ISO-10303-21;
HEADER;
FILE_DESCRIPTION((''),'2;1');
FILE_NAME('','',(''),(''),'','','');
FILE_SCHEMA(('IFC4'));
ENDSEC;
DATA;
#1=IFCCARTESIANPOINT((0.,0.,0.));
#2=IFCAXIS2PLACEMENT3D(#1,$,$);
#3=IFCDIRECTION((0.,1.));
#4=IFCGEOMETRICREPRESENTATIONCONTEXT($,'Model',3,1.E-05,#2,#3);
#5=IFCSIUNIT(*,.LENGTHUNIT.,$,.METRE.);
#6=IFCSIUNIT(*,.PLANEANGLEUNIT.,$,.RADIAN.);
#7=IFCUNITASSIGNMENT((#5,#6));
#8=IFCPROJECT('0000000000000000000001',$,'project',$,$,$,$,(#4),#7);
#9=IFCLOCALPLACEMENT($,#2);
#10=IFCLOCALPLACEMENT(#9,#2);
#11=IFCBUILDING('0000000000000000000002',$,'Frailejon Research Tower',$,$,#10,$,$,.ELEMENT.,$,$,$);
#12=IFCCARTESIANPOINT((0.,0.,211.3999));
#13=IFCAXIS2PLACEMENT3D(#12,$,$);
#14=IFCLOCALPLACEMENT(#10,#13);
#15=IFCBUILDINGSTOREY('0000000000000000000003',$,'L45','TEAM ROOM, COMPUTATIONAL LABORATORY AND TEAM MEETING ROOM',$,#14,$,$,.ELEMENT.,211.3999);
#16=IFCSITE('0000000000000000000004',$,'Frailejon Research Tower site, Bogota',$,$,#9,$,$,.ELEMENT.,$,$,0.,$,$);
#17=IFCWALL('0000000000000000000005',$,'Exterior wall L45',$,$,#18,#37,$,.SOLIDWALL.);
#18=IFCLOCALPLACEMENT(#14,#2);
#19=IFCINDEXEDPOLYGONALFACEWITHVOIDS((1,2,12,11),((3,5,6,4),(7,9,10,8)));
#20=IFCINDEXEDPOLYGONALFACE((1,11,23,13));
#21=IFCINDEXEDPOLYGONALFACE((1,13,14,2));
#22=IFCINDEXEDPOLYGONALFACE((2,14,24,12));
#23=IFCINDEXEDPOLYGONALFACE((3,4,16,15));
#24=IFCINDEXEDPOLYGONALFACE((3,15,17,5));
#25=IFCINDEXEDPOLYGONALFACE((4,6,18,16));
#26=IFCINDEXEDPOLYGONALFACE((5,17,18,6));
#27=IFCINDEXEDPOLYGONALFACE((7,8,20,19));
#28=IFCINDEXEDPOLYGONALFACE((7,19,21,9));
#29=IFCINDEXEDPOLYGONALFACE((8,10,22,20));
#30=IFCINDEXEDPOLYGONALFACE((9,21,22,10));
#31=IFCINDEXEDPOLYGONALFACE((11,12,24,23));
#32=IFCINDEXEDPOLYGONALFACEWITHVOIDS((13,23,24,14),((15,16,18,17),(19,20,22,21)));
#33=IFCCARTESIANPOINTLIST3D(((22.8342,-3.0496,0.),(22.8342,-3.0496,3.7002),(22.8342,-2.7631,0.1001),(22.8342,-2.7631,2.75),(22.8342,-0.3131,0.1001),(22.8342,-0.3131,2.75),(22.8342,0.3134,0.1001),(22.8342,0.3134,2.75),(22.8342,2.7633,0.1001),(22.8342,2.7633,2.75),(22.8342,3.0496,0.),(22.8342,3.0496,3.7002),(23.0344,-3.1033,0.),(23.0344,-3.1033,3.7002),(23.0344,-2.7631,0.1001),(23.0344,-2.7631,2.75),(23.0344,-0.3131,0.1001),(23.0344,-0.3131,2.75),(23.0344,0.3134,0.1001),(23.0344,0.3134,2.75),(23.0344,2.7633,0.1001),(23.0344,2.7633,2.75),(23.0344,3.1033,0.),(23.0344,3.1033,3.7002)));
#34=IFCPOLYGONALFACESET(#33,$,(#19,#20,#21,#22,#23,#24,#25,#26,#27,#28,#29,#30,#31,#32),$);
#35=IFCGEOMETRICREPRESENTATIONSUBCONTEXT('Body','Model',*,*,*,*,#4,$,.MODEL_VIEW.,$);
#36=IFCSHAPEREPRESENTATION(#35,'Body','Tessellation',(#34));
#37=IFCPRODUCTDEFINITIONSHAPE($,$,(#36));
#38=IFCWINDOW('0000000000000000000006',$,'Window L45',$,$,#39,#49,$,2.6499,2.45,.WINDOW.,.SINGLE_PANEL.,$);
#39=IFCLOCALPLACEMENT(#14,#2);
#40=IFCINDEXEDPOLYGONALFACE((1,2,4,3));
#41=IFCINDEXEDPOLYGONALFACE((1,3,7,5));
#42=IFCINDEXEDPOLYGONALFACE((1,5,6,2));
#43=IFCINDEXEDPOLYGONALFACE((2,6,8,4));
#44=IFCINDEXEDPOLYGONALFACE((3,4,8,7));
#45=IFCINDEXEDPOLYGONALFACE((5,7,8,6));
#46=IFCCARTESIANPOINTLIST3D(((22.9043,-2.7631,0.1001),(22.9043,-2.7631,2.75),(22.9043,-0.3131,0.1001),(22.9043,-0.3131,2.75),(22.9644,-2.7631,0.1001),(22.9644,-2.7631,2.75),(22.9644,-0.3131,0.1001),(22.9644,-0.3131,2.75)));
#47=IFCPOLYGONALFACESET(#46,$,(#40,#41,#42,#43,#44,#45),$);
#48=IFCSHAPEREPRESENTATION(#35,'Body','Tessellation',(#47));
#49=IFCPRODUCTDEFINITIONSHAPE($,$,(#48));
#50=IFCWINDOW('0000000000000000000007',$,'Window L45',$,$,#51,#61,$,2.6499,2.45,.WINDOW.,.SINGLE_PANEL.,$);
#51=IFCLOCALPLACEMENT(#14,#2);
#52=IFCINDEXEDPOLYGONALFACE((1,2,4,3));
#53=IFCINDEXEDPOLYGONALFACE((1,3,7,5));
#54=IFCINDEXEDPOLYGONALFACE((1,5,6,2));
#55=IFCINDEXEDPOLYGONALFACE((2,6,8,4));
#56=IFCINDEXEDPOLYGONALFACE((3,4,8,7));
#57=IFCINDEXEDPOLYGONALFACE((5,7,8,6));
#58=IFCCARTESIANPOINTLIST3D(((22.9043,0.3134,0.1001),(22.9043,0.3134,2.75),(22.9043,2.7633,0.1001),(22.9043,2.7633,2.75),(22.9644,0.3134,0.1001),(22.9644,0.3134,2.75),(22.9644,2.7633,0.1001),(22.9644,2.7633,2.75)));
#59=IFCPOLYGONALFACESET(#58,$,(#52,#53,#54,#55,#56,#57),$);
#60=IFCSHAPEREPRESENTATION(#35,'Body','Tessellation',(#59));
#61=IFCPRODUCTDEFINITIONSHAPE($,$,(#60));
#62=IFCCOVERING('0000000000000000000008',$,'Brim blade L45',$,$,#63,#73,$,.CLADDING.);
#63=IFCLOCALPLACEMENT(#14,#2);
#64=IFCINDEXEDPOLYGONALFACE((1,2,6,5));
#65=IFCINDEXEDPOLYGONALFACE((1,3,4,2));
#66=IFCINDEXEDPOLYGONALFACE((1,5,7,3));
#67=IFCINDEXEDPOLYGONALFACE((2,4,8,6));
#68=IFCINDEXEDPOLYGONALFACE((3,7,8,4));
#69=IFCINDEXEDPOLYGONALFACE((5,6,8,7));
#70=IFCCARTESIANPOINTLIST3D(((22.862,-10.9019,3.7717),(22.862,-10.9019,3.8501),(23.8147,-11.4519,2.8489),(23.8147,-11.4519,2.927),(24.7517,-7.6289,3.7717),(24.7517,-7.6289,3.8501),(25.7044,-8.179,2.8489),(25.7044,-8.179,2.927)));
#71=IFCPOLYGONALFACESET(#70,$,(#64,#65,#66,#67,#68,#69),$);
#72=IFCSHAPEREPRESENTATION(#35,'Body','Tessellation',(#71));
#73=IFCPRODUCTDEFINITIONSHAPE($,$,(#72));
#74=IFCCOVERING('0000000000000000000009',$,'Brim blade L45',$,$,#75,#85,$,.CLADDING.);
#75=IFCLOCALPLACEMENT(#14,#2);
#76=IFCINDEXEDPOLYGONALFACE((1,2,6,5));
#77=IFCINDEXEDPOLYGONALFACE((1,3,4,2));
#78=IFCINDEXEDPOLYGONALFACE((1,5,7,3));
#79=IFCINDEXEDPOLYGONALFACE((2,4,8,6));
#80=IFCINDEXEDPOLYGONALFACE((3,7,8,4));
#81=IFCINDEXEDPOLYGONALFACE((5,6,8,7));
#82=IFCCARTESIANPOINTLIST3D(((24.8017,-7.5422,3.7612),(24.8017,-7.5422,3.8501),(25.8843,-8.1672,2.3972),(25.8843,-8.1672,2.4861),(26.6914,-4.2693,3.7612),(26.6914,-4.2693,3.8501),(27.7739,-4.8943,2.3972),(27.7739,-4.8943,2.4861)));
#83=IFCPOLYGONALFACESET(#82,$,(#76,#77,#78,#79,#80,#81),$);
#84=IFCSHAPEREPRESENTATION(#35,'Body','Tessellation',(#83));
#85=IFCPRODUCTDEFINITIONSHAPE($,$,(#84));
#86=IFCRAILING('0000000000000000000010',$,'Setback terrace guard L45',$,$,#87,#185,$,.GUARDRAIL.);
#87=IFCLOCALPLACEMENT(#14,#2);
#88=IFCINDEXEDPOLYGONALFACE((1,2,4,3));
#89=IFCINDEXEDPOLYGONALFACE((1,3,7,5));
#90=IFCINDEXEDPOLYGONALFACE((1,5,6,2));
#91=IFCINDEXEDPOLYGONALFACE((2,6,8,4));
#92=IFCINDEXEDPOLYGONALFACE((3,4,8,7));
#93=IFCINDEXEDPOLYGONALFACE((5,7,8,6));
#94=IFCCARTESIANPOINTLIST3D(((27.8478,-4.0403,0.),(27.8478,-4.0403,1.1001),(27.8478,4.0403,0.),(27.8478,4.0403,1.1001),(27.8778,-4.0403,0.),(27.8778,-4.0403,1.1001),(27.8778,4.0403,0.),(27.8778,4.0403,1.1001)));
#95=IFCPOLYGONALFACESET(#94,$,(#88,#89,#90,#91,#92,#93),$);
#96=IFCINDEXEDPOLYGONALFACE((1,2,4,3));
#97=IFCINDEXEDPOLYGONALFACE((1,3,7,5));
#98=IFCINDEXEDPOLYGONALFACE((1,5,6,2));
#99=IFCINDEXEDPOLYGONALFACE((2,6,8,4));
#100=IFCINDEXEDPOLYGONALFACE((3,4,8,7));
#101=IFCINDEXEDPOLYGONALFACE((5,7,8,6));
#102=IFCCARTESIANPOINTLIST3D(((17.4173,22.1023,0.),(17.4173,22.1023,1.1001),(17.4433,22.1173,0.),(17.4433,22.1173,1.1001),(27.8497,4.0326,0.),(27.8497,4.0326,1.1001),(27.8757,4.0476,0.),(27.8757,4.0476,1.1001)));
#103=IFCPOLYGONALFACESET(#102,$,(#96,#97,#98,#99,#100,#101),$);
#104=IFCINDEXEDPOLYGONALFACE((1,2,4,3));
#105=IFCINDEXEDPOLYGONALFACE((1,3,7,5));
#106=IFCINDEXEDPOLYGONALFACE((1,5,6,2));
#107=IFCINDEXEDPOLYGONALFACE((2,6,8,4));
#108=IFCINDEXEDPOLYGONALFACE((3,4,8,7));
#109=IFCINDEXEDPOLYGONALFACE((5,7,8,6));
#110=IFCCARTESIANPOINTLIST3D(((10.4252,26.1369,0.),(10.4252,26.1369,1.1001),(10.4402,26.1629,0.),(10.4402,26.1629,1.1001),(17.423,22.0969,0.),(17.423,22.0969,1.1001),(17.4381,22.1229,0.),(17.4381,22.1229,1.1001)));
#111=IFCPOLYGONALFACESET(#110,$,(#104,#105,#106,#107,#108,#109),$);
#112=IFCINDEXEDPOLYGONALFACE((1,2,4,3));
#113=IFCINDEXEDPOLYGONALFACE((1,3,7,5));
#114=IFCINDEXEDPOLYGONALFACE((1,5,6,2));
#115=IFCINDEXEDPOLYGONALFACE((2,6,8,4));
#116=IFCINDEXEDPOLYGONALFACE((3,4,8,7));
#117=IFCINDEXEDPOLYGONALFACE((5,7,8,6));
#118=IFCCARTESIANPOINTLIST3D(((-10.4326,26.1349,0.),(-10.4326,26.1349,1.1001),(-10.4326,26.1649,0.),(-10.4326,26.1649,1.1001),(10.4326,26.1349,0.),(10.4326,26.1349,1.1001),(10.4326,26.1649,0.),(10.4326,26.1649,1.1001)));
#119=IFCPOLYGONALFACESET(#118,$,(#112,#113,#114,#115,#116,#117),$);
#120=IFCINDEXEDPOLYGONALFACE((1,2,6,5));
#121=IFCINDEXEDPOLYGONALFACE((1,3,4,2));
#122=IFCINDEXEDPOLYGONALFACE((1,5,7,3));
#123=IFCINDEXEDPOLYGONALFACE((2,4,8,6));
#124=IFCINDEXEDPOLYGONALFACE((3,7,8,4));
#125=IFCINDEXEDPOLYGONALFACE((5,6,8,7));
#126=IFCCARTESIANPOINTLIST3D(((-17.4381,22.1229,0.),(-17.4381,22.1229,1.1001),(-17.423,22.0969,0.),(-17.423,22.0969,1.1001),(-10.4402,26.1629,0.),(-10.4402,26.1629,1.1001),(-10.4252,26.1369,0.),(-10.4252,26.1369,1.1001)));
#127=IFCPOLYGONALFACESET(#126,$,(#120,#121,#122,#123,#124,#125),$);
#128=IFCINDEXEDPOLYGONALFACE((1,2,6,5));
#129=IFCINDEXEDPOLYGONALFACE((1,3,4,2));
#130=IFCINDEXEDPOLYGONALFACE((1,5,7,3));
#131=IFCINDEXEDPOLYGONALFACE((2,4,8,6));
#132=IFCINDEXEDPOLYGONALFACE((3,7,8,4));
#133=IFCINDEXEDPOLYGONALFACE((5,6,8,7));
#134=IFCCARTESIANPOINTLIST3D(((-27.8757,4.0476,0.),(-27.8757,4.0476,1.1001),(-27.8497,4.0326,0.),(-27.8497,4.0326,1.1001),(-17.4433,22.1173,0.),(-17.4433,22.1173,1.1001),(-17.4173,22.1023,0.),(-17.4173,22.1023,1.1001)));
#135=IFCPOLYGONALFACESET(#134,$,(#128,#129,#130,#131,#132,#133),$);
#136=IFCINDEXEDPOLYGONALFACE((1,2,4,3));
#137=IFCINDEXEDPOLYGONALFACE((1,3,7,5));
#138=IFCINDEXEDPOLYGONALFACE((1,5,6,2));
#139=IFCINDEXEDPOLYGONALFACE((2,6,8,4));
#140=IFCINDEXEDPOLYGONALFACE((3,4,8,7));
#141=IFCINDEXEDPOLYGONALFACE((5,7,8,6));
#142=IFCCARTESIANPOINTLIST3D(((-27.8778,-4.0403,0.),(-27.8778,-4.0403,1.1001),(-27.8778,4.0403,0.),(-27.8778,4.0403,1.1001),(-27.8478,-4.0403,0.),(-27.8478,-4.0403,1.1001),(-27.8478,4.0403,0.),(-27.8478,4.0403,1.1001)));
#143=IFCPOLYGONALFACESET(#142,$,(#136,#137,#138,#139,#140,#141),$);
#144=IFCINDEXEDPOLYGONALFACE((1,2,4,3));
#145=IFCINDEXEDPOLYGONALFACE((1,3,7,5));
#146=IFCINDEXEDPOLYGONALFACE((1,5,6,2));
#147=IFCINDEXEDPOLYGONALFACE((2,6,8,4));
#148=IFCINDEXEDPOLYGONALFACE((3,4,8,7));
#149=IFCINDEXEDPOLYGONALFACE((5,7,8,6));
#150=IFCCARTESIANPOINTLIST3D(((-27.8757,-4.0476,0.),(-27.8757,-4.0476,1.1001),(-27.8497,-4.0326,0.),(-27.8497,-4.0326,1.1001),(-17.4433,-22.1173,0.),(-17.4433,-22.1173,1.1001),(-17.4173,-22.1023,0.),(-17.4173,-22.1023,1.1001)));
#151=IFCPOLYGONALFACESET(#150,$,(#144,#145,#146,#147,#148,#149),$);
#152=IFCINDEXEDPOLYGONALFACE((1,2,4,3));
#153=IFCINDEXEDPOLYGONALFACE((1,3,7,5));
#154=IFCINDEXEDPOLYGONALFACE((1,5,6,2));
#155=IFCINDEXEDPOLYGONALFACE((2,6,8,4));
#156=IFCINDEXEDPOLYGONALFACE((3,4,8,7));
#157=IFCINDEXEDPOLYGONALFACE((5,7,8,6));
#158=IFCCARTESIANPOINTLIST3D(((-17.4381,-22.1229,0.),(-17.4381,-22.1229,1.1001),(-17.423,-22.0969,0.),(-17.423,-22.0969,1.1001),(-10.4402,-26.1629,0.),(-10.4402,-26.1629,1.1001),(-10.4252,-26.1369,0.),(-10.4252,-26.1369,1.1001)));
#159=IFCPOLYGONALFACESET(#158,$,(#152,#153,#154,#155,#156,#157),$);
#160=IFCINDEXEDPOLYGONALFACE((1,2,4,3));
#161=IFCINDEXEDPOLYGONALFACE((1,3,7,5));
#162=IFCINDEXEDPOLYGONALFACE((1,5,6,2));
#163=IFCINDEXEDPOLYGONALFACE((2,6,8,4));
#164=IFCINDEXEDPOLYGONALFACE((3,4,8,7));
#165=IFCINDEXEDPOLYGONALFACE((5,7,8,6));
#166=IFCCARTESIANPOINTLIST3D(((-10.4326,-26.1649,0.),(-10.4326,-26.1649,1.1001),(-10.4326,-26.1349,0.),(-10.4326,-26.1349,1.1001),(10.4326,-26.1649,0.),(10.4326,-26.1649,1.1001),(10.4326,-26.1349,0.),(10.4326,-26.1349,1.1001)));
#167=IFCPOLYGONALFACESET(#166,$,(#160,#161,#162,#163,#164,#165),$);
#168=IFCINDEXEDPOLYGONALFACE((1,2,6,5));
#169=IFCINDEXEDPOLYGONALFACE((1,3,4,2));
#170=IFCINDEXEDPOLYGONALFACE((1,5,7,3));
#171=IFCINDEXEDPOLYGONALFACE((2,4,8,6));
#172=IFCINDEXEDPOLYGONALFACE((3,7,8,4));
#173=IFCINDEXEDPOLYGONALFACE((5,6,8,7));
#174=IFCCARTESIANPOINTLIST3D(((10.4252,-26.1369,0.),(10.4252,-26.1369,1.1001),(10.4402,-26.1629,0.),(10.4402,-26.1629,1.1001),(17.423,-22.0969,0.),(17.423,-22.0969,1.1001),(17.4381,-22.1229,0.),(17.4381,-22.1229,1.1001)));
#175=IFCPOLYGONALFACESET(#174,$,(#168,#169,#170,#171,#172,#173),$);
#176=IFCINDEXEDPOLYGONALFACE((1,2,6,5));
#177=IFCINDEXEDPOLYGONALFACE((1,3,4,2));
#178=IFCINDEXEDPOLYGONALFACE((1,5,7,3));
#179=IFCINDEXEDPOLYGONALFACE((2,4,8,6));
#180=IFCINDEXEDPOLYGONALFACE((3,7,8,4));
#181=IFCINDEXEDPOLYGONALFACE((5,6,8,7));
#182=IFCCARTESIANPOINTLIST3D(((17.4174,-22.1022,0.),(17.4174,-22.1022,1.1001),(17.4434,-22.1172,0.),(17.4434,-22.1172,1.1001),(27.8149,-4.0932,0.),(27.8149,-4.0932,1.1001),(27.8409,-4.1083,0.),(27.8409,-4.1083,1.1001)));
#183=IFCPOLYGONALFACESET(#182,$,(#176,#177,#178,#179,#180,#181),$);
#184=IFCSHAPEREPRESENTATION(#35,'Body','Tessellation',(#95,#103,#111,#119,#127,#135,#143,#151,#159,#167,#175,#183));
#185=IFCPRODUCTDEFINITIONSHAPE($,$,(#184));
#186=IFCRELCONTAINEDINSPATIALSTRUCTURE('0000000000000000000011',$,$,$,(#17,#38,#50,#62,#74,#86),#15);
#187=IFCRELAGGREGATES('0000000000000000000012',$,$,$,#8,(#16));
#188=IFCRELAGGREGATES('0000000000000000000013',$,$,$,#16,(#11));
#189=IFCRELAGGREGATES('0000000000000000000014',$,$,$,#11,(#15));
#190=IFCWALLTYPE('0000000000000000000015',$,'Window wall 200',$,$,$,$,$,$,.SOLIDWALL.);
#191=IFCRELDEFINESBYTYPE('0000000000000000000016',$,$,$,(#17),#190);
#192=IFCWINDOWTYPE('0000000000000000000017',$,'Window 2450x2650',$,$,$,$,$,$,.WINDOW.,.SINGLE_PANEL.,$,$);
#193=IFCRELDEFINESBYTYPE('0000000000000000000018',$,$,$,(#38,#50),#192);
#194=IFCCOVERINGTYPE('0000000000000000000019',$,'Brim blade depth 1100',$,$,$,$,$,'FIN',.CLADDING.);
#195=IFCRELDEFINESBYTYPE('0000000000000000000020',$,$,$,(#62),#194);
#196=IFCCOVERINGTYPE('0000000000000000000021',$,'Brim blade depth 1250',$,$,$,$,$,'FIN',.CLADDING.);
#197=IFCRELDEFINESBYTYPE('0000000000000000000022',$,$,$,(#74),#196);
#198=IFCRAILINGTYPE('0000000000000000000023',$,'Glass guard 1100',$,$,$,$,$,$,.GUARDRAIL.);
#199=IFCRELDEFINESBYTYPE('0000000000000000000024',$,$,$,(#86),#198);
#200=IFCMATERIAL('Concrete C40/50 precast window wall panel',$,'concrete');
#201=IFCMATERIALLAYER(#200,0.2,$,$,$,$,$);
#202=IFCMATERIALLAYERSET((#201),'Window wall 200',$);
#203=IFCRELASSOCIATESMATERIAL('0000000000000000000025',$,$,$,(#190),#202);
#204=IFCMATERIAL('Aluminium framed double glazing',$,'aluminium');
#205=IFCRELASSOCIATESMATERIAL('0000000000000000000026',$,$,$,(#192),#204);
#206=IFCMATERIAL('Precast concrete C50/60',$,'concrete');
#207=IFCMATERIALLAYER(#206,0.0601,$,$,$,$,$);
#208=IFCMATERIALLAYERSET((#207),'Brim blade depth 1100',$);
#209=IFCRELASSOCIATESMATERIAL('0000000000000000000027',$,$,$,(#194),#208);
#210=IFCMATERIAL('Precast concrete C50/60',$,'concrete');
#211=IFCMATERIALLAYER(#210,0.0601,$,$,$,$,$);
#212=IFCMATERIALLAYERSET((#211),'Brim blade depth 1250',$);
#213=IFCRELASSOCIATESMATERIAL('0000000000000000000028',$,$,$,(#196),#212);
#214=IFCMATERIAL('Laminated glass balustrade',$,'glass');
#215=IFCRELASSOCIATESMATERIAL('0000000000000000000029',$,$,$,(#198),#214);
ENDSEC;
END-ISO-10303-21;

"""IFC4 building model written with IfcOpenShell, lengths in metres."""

from ifc_helpers import new_model, si_unit, direction, frame, frame_2d, origin, origin_2d, place, context, subcontext, project, spatial, polyline, rectangle, outline, extrude, material, layer, layer_set, type_object, element, fill, save


model = new_model("IFC4")

# Units and contexts
model_context = context("Model", 3, precision=1e-05, world=origin(), true_north=direction((0.0, 1.0)))
body_context = subcontext(model_context, "Body", "Model", "MODEL_VIEW")
ifc_project = project(units=[si_unit("LENGTHUNIT", "METRE"), si_unit("PLANEANGLEUNIT", "RADIAN")], contexts=[model_context])

# Site, building, storey
site_placement = place(None, origin())
site = spatial("IfcSite", under=ifc_project, at=site_placement, Name="Frailejon Research Tower site, Bogota", CompositionType="ELEMENT", RefElevation=0.0)
building_placement = place(site_placement, origin())
building = spatial("IfcBuilding", under=site, at=building_placement, Name="Frailejon Research Tower", CompositionType="ELEMENT")
storey_placement = place(building_placement, frame((0.0, 0.0, 211.3999)))
storey = spatial("IfcBuildingStorey", under=building, at=storey_placement, Name="L45", Description="TEAM ROOM, COMPUTATIONAL LABORATORY AND TEAM MEETING ROOM", CompositionType="ELEMENT", Elevation=211.3999)

# Wall, openings, windows
ifc_material_1 = material(Name="Concrete C40/50 precast window wall panel", Category="concrete")
ifc_layer_1 = layer(ifc_material_1, 0.2)
ifc_layer_set_1 = layer_set([ifc_layer_1], Name="Window wall 200")
wall_type_1 = type_object("IfcWallType", Name="Window wall 200", PredefinedType="SOLIDWALL", material=ifc_layer_set_1)
wall_1_placement = place(storey_placement, frame((22.9343, -3.0764, 0.0), z_axis=(0.0, 0.0, 1.0), x_axis=(0.0, 1.0, 0.0)))
wall_1 = element("IfcWall", 1, at=wall_1_placement, inside=storey, type_object=wall_type_1, Name="Exterior wall L45", PredefinedType="SOLIDWALL", context=body_context, shape_type="SweptSolid", body=[
    extrude(outline(polyline([(-0.0269, -0.1001), (1.0076, -0.1001), (2.042, -0.1001), (3.0764, -0.1001), (4.1108, -0.1001), (5.1453, -0.1001), (6.1797, -0.1001), (6.126, 0.1001), (5.1094, 0.1001), (4.093, 0.1001), (3.0764, 0.1001), (2.0598, 0.1001), (1.0435, 0.1001), (0.0269, 0.1001), (-0.0269, -0.1001)])), origin(), (0.0, 0.0, 1.0), 3.7002),
])
opening_1_placement = place(wall_1_placement, frame((0.3132, 0.0, 0.1001)))
opening_1 = element("IfcOpeningElement", 2, at=opening_1_placement, cuts=wall_1, PredefinedType="OPENING", context=body_context, shape_type="SweptSolid", body=[
    extrude(rectangle(XDim=2.45, YDim=2.6499, at=frame_2d((1.2251, 1.325))), frame((0.0, 0.1099, 0.0), z_axis=(0.0, -1.0, 0.0), x_axis=(1.0, 0.0, 0.0)), (0.0, 0.0, 1.0), 0.22),
])
opening_2_placement = place(wall_1_placement, frame((3.3896, 0.0, 0.1001)))
opening_2 = element("IfcOpeningElement", 3, at=opening_2_placement, cuts=wall_1, PredefinedType="OPENING", context=body_context, shape_type="SweptSolid", body=[
    extrude(rectangle(XDim=2.45, YDim=2.6499, at=frame_2d((1.2251, 1.325))), frame((0.0, 0.1099, 0.0), z_axis=(0.0, -1.0, 0.0), x_axis=(1.0, 0.0, 0.0)), (0.0, 0.0, 1.0), 0.22),
])
ifc_material_2 = material(Name="Aluminium framed double glazing", Category="aluminium")
window_type = type_object("IfcWindowType", Name="Window 2450x2650", PartitioningType="SINGLE_PANEL", PredefinedType="WINDOW", material=ifc_material_2)
window_1_placement = place(opening_1_placement, origin())
window_1 = element("IfcWindow", 4, at=window_1_placement, inside=storey, type_object=window_type, Name="Window L45", OverallHeight=2.6499, OverallWidth=2.45, PartitioningType="SINGLE_PANEL", PredefinedType="WINDOW", context=body_context, shape_type="SweptSolid", body=[
    extrude(rectangle(XDim=2.45, YDim=2.6499, at=frame_2d((1.2251, 1.325))), frame((0.0, 0.03, 0.0), z_axis=(0.0, -1.0, 0.0), x_axis=(1.0, 0.0, 0.0)), (0.0, 0.0, 1.0), 0.0601),
])
fill(opening_1, window_1)
window_2_placement = place(opening_2_placement, origin())
window_2 = element("IfcWindow", 5, at=window_2_placement, inside=storey, type_object=window_type, Name="Window L45", OverallHeight=2.6499, OverallWidth=2.45, PartitioningType="SINGLE_PANEL", PredefinedType="WINDOW", context=body_context, shape_type="SweptSolid", body=[
    extrude(rectangle(XDim=2.45, YDim=2.6499, at=frame_2d((1.2251, 1.325))), frame((0.0, 0.03, 0.0), z_axis=(0.0, -1.0, 0.0), x_axis=(1.0, 0.0, 0.0)), (0.0, 0.0, 1.0), 0.0601),
])
fill(opening_2, window_2)

# Coverings
ifc_material_3 = material(Name="Precast concrete C50/60", Category="concrete")
ifc_layer_2 = layer(ifc_material_3, 0.0601)
ifc_layer_set_2 = layer_set([ifc_layer_2], Name="Brim blade depth 1100")
covering_type_1 = type_object("IfcCoveringType", Name="Brim blade depth 1100", ElementType="FIN", PredefinedType="CLADDING", material=ifc_layer_set_2)
covering_1_placement = place(storey_placement, frame((24.7517, -7.6289, 3.8501), z_axis=(-0.500007, -0.866022, 0.0), x_axis=(0.866022, -0.500007, 0.0)))
element("IfcCovering", 6, at=covering_1_placement, inside=storey, type_object=covering_type_1, Name="Brim blade L45", PredefinedType="CLADDING", context=body_context, shape_type="SweptSolid", body=[
    extrude(outline(polyline([(0.0, -0.0784), (1.1001, -1.0012), (1.1001, -0.9231), (0.0, 0.0), (0.0, -0.0784)])), origin(), (0.0, 0.0, 1.0), 3.7793),
])
ifc_material_4 = material(Name="Precast concrete C50/60", Category="concrete")
ifc_layer_3 = layer(ifc_material_4, 0.0601)
ifc_layer_set_3 = layer_set([ifc_layer_3], Name="Brim blade depth 1250")
covering_type_2 = type_object("IfcCoveringType", Name="Brim blade depth 1250", ElementType="FIN", PredefinedType="CLADDING", material=ifc_layer_set_3)
covering_2_placement = place(storey_placement, frame((26.6914, -4.2693, 3.8501), z_axis=(-0.500007, -0.866022, 0.0), x_axis=(0.866022, -0.500007, 0.0)))
element("IfcCovering", 7, at=covering_2_placement, inside=storey, type_object=covering_type_2, Name="Brim blade L45", PredefinedType="CLADDING", context=body_context, shape_type="SweptSolid", body=[
    extrude(outline(polyline([(0.0, -0.0889), (1.25, -1.4529), (1.25, -1.364), (0.0, 0.0), (0.0, -0.0889)])), origin(), (0.0, 0.0, 1.0), 3.7793),
])

# Railing
ifc_material_5 = material(Name="Laminated glass balustrade", Category="glass")
railing_type = type_object("IfcRailingType", Name="Glass guard 1100", PredefinedType="GUARDRAIL", material=ifc_material_5)
railing_placement = place(storey_placement, frame((27.8628, -4.0403, 0.0)))
element("IfcRailing", 8, at=railing_placement, inside=storey, type_object=railing_type, Name="Setback terrace guard L45", PredefinedType="GUARDRAIL", context=body_context, shape_type="SweptSolid", body=[
    extrude(rectangle(XDim=8.0806, YDim=0.03, at=origin_2d()), frame((0.0, 4.0403, 0.0), z_axis=(0.0, 0.0, 1.0), x_axis=(0.0, 1.0, 0.0)), (0.0, 0.0, 1.0), 1.1001),
    extrude(rectangle(XDim=20.865, YDim=0.03, at=origin_2d()), frame((-5.2163, 17.1152, 0.0), z_axis=(0.0, 0.0, 1.0), x_axis=(-0.499996, 0.866028, 0.0)), (0.0, 0.0, 1.0), 1.1001),
    extrude(rectangle(XDim=8.0803, YDim=0.03, at=origin_2d()), frame((-13.9312, 28.1702, 0.0), z_axis=(0.0, 0.0, 1.0), x_axis=(-0.866033, 0.499987, 0.0)), (0.0, 0.0, 1.0), 1.1001),
    extrude(rectangle(XDim=20.8652, YDim=0.03, at=origin_2d()), frame((-27.8628, 30.1902, 0.0), z_axis=(0.0, 0.0, 1.0), x_axis=(-1.0, 0.0, 0.0)), (0.0, 0.0, 1.0), 1.1001),
    extrude(rectangle(XDim=8.0803, YDim=0.03, at=origin_2d()), frame((-41.7944, 28.1702, 0.0), z_axis=(0.0, 0.0, 1.0), x_axis=(-0.866033, -0.499987, 0.0)), (0.0, 0.0, 1.0), 1.1001),
    extrude(rectangle(XDim=20.865, YDim=0.03, at=origin_2d()), frame((-50.5093, 17.1152, 0.0), z_axis=(0.0, 0.0, 1.0), x_axis=(-0.499996, -0.866028, 0.0)), (0.0, 0.0, 1.0), 1.1001),
    extrude(rectangle(XDim=8.0806, YDim=0.03, at=origin_2d()), frame((-55.7256, 4.0403, 0.0), z_axis=(0.0, 0.0, 1.0), x_axis=(0.0, -1.0, 0.0)), (0.0, 0.0, 1.0), 1.1001),
    extrude(rectangle(XDim=20.865, YDim=0.03, at=origin_2d()), frame((-50.5093, -9.0347, 0.0), z_axis=(0.0, 0.0, 1.0), x_axis=(0.499996, -0.866028, 0.0)), (0.0, 0.0, 1.0), 1.1001),
    extrude(rectangle(XDim=8.0803, YDim=0.03, at=origin_2d()), frame((-41.7944, -20.0896, 0.0), z_axis=(0.0, 0.0, 1.0), x_axis=(0.866033, -0.499987, 0.0)), (0.0, 0.0, 1.0), 1.1001),
    extrude(rectangle(XDim=20.8652, YDim=0.03, at=origin_2d()), frame((-27.8628, -22.1096, 0.0), z_axis=(0.0, 0.0, 1.0), x_axis=(1.0, 0.0, 0.0)), (0.0, 0.0, 1.0), 1.1001),
    extrude(rectangle(XDim=8.0803, YDim=0.03, at=origin_2d()), frame((-13.9312, -20.0896, 0.0), z_axis=(0.0, 0.0, 1.0), x_axis=(0.866033, 0.499987, 0.0)), (0.0, 0.0, 1.0), 1.1001),
    extrude(rectangle(XDim=20.7949, YDim=0.03, at=origin_2d()), frame((-5.2336, -9.0649, 0.0), z_axis=(0.0, 0.0, 1.0), x_axis=(0.499998, 0.866027, 0.0)), (0.0, 0.0, 1.0), 1.1001),
])

save(model, "model.ifc")
